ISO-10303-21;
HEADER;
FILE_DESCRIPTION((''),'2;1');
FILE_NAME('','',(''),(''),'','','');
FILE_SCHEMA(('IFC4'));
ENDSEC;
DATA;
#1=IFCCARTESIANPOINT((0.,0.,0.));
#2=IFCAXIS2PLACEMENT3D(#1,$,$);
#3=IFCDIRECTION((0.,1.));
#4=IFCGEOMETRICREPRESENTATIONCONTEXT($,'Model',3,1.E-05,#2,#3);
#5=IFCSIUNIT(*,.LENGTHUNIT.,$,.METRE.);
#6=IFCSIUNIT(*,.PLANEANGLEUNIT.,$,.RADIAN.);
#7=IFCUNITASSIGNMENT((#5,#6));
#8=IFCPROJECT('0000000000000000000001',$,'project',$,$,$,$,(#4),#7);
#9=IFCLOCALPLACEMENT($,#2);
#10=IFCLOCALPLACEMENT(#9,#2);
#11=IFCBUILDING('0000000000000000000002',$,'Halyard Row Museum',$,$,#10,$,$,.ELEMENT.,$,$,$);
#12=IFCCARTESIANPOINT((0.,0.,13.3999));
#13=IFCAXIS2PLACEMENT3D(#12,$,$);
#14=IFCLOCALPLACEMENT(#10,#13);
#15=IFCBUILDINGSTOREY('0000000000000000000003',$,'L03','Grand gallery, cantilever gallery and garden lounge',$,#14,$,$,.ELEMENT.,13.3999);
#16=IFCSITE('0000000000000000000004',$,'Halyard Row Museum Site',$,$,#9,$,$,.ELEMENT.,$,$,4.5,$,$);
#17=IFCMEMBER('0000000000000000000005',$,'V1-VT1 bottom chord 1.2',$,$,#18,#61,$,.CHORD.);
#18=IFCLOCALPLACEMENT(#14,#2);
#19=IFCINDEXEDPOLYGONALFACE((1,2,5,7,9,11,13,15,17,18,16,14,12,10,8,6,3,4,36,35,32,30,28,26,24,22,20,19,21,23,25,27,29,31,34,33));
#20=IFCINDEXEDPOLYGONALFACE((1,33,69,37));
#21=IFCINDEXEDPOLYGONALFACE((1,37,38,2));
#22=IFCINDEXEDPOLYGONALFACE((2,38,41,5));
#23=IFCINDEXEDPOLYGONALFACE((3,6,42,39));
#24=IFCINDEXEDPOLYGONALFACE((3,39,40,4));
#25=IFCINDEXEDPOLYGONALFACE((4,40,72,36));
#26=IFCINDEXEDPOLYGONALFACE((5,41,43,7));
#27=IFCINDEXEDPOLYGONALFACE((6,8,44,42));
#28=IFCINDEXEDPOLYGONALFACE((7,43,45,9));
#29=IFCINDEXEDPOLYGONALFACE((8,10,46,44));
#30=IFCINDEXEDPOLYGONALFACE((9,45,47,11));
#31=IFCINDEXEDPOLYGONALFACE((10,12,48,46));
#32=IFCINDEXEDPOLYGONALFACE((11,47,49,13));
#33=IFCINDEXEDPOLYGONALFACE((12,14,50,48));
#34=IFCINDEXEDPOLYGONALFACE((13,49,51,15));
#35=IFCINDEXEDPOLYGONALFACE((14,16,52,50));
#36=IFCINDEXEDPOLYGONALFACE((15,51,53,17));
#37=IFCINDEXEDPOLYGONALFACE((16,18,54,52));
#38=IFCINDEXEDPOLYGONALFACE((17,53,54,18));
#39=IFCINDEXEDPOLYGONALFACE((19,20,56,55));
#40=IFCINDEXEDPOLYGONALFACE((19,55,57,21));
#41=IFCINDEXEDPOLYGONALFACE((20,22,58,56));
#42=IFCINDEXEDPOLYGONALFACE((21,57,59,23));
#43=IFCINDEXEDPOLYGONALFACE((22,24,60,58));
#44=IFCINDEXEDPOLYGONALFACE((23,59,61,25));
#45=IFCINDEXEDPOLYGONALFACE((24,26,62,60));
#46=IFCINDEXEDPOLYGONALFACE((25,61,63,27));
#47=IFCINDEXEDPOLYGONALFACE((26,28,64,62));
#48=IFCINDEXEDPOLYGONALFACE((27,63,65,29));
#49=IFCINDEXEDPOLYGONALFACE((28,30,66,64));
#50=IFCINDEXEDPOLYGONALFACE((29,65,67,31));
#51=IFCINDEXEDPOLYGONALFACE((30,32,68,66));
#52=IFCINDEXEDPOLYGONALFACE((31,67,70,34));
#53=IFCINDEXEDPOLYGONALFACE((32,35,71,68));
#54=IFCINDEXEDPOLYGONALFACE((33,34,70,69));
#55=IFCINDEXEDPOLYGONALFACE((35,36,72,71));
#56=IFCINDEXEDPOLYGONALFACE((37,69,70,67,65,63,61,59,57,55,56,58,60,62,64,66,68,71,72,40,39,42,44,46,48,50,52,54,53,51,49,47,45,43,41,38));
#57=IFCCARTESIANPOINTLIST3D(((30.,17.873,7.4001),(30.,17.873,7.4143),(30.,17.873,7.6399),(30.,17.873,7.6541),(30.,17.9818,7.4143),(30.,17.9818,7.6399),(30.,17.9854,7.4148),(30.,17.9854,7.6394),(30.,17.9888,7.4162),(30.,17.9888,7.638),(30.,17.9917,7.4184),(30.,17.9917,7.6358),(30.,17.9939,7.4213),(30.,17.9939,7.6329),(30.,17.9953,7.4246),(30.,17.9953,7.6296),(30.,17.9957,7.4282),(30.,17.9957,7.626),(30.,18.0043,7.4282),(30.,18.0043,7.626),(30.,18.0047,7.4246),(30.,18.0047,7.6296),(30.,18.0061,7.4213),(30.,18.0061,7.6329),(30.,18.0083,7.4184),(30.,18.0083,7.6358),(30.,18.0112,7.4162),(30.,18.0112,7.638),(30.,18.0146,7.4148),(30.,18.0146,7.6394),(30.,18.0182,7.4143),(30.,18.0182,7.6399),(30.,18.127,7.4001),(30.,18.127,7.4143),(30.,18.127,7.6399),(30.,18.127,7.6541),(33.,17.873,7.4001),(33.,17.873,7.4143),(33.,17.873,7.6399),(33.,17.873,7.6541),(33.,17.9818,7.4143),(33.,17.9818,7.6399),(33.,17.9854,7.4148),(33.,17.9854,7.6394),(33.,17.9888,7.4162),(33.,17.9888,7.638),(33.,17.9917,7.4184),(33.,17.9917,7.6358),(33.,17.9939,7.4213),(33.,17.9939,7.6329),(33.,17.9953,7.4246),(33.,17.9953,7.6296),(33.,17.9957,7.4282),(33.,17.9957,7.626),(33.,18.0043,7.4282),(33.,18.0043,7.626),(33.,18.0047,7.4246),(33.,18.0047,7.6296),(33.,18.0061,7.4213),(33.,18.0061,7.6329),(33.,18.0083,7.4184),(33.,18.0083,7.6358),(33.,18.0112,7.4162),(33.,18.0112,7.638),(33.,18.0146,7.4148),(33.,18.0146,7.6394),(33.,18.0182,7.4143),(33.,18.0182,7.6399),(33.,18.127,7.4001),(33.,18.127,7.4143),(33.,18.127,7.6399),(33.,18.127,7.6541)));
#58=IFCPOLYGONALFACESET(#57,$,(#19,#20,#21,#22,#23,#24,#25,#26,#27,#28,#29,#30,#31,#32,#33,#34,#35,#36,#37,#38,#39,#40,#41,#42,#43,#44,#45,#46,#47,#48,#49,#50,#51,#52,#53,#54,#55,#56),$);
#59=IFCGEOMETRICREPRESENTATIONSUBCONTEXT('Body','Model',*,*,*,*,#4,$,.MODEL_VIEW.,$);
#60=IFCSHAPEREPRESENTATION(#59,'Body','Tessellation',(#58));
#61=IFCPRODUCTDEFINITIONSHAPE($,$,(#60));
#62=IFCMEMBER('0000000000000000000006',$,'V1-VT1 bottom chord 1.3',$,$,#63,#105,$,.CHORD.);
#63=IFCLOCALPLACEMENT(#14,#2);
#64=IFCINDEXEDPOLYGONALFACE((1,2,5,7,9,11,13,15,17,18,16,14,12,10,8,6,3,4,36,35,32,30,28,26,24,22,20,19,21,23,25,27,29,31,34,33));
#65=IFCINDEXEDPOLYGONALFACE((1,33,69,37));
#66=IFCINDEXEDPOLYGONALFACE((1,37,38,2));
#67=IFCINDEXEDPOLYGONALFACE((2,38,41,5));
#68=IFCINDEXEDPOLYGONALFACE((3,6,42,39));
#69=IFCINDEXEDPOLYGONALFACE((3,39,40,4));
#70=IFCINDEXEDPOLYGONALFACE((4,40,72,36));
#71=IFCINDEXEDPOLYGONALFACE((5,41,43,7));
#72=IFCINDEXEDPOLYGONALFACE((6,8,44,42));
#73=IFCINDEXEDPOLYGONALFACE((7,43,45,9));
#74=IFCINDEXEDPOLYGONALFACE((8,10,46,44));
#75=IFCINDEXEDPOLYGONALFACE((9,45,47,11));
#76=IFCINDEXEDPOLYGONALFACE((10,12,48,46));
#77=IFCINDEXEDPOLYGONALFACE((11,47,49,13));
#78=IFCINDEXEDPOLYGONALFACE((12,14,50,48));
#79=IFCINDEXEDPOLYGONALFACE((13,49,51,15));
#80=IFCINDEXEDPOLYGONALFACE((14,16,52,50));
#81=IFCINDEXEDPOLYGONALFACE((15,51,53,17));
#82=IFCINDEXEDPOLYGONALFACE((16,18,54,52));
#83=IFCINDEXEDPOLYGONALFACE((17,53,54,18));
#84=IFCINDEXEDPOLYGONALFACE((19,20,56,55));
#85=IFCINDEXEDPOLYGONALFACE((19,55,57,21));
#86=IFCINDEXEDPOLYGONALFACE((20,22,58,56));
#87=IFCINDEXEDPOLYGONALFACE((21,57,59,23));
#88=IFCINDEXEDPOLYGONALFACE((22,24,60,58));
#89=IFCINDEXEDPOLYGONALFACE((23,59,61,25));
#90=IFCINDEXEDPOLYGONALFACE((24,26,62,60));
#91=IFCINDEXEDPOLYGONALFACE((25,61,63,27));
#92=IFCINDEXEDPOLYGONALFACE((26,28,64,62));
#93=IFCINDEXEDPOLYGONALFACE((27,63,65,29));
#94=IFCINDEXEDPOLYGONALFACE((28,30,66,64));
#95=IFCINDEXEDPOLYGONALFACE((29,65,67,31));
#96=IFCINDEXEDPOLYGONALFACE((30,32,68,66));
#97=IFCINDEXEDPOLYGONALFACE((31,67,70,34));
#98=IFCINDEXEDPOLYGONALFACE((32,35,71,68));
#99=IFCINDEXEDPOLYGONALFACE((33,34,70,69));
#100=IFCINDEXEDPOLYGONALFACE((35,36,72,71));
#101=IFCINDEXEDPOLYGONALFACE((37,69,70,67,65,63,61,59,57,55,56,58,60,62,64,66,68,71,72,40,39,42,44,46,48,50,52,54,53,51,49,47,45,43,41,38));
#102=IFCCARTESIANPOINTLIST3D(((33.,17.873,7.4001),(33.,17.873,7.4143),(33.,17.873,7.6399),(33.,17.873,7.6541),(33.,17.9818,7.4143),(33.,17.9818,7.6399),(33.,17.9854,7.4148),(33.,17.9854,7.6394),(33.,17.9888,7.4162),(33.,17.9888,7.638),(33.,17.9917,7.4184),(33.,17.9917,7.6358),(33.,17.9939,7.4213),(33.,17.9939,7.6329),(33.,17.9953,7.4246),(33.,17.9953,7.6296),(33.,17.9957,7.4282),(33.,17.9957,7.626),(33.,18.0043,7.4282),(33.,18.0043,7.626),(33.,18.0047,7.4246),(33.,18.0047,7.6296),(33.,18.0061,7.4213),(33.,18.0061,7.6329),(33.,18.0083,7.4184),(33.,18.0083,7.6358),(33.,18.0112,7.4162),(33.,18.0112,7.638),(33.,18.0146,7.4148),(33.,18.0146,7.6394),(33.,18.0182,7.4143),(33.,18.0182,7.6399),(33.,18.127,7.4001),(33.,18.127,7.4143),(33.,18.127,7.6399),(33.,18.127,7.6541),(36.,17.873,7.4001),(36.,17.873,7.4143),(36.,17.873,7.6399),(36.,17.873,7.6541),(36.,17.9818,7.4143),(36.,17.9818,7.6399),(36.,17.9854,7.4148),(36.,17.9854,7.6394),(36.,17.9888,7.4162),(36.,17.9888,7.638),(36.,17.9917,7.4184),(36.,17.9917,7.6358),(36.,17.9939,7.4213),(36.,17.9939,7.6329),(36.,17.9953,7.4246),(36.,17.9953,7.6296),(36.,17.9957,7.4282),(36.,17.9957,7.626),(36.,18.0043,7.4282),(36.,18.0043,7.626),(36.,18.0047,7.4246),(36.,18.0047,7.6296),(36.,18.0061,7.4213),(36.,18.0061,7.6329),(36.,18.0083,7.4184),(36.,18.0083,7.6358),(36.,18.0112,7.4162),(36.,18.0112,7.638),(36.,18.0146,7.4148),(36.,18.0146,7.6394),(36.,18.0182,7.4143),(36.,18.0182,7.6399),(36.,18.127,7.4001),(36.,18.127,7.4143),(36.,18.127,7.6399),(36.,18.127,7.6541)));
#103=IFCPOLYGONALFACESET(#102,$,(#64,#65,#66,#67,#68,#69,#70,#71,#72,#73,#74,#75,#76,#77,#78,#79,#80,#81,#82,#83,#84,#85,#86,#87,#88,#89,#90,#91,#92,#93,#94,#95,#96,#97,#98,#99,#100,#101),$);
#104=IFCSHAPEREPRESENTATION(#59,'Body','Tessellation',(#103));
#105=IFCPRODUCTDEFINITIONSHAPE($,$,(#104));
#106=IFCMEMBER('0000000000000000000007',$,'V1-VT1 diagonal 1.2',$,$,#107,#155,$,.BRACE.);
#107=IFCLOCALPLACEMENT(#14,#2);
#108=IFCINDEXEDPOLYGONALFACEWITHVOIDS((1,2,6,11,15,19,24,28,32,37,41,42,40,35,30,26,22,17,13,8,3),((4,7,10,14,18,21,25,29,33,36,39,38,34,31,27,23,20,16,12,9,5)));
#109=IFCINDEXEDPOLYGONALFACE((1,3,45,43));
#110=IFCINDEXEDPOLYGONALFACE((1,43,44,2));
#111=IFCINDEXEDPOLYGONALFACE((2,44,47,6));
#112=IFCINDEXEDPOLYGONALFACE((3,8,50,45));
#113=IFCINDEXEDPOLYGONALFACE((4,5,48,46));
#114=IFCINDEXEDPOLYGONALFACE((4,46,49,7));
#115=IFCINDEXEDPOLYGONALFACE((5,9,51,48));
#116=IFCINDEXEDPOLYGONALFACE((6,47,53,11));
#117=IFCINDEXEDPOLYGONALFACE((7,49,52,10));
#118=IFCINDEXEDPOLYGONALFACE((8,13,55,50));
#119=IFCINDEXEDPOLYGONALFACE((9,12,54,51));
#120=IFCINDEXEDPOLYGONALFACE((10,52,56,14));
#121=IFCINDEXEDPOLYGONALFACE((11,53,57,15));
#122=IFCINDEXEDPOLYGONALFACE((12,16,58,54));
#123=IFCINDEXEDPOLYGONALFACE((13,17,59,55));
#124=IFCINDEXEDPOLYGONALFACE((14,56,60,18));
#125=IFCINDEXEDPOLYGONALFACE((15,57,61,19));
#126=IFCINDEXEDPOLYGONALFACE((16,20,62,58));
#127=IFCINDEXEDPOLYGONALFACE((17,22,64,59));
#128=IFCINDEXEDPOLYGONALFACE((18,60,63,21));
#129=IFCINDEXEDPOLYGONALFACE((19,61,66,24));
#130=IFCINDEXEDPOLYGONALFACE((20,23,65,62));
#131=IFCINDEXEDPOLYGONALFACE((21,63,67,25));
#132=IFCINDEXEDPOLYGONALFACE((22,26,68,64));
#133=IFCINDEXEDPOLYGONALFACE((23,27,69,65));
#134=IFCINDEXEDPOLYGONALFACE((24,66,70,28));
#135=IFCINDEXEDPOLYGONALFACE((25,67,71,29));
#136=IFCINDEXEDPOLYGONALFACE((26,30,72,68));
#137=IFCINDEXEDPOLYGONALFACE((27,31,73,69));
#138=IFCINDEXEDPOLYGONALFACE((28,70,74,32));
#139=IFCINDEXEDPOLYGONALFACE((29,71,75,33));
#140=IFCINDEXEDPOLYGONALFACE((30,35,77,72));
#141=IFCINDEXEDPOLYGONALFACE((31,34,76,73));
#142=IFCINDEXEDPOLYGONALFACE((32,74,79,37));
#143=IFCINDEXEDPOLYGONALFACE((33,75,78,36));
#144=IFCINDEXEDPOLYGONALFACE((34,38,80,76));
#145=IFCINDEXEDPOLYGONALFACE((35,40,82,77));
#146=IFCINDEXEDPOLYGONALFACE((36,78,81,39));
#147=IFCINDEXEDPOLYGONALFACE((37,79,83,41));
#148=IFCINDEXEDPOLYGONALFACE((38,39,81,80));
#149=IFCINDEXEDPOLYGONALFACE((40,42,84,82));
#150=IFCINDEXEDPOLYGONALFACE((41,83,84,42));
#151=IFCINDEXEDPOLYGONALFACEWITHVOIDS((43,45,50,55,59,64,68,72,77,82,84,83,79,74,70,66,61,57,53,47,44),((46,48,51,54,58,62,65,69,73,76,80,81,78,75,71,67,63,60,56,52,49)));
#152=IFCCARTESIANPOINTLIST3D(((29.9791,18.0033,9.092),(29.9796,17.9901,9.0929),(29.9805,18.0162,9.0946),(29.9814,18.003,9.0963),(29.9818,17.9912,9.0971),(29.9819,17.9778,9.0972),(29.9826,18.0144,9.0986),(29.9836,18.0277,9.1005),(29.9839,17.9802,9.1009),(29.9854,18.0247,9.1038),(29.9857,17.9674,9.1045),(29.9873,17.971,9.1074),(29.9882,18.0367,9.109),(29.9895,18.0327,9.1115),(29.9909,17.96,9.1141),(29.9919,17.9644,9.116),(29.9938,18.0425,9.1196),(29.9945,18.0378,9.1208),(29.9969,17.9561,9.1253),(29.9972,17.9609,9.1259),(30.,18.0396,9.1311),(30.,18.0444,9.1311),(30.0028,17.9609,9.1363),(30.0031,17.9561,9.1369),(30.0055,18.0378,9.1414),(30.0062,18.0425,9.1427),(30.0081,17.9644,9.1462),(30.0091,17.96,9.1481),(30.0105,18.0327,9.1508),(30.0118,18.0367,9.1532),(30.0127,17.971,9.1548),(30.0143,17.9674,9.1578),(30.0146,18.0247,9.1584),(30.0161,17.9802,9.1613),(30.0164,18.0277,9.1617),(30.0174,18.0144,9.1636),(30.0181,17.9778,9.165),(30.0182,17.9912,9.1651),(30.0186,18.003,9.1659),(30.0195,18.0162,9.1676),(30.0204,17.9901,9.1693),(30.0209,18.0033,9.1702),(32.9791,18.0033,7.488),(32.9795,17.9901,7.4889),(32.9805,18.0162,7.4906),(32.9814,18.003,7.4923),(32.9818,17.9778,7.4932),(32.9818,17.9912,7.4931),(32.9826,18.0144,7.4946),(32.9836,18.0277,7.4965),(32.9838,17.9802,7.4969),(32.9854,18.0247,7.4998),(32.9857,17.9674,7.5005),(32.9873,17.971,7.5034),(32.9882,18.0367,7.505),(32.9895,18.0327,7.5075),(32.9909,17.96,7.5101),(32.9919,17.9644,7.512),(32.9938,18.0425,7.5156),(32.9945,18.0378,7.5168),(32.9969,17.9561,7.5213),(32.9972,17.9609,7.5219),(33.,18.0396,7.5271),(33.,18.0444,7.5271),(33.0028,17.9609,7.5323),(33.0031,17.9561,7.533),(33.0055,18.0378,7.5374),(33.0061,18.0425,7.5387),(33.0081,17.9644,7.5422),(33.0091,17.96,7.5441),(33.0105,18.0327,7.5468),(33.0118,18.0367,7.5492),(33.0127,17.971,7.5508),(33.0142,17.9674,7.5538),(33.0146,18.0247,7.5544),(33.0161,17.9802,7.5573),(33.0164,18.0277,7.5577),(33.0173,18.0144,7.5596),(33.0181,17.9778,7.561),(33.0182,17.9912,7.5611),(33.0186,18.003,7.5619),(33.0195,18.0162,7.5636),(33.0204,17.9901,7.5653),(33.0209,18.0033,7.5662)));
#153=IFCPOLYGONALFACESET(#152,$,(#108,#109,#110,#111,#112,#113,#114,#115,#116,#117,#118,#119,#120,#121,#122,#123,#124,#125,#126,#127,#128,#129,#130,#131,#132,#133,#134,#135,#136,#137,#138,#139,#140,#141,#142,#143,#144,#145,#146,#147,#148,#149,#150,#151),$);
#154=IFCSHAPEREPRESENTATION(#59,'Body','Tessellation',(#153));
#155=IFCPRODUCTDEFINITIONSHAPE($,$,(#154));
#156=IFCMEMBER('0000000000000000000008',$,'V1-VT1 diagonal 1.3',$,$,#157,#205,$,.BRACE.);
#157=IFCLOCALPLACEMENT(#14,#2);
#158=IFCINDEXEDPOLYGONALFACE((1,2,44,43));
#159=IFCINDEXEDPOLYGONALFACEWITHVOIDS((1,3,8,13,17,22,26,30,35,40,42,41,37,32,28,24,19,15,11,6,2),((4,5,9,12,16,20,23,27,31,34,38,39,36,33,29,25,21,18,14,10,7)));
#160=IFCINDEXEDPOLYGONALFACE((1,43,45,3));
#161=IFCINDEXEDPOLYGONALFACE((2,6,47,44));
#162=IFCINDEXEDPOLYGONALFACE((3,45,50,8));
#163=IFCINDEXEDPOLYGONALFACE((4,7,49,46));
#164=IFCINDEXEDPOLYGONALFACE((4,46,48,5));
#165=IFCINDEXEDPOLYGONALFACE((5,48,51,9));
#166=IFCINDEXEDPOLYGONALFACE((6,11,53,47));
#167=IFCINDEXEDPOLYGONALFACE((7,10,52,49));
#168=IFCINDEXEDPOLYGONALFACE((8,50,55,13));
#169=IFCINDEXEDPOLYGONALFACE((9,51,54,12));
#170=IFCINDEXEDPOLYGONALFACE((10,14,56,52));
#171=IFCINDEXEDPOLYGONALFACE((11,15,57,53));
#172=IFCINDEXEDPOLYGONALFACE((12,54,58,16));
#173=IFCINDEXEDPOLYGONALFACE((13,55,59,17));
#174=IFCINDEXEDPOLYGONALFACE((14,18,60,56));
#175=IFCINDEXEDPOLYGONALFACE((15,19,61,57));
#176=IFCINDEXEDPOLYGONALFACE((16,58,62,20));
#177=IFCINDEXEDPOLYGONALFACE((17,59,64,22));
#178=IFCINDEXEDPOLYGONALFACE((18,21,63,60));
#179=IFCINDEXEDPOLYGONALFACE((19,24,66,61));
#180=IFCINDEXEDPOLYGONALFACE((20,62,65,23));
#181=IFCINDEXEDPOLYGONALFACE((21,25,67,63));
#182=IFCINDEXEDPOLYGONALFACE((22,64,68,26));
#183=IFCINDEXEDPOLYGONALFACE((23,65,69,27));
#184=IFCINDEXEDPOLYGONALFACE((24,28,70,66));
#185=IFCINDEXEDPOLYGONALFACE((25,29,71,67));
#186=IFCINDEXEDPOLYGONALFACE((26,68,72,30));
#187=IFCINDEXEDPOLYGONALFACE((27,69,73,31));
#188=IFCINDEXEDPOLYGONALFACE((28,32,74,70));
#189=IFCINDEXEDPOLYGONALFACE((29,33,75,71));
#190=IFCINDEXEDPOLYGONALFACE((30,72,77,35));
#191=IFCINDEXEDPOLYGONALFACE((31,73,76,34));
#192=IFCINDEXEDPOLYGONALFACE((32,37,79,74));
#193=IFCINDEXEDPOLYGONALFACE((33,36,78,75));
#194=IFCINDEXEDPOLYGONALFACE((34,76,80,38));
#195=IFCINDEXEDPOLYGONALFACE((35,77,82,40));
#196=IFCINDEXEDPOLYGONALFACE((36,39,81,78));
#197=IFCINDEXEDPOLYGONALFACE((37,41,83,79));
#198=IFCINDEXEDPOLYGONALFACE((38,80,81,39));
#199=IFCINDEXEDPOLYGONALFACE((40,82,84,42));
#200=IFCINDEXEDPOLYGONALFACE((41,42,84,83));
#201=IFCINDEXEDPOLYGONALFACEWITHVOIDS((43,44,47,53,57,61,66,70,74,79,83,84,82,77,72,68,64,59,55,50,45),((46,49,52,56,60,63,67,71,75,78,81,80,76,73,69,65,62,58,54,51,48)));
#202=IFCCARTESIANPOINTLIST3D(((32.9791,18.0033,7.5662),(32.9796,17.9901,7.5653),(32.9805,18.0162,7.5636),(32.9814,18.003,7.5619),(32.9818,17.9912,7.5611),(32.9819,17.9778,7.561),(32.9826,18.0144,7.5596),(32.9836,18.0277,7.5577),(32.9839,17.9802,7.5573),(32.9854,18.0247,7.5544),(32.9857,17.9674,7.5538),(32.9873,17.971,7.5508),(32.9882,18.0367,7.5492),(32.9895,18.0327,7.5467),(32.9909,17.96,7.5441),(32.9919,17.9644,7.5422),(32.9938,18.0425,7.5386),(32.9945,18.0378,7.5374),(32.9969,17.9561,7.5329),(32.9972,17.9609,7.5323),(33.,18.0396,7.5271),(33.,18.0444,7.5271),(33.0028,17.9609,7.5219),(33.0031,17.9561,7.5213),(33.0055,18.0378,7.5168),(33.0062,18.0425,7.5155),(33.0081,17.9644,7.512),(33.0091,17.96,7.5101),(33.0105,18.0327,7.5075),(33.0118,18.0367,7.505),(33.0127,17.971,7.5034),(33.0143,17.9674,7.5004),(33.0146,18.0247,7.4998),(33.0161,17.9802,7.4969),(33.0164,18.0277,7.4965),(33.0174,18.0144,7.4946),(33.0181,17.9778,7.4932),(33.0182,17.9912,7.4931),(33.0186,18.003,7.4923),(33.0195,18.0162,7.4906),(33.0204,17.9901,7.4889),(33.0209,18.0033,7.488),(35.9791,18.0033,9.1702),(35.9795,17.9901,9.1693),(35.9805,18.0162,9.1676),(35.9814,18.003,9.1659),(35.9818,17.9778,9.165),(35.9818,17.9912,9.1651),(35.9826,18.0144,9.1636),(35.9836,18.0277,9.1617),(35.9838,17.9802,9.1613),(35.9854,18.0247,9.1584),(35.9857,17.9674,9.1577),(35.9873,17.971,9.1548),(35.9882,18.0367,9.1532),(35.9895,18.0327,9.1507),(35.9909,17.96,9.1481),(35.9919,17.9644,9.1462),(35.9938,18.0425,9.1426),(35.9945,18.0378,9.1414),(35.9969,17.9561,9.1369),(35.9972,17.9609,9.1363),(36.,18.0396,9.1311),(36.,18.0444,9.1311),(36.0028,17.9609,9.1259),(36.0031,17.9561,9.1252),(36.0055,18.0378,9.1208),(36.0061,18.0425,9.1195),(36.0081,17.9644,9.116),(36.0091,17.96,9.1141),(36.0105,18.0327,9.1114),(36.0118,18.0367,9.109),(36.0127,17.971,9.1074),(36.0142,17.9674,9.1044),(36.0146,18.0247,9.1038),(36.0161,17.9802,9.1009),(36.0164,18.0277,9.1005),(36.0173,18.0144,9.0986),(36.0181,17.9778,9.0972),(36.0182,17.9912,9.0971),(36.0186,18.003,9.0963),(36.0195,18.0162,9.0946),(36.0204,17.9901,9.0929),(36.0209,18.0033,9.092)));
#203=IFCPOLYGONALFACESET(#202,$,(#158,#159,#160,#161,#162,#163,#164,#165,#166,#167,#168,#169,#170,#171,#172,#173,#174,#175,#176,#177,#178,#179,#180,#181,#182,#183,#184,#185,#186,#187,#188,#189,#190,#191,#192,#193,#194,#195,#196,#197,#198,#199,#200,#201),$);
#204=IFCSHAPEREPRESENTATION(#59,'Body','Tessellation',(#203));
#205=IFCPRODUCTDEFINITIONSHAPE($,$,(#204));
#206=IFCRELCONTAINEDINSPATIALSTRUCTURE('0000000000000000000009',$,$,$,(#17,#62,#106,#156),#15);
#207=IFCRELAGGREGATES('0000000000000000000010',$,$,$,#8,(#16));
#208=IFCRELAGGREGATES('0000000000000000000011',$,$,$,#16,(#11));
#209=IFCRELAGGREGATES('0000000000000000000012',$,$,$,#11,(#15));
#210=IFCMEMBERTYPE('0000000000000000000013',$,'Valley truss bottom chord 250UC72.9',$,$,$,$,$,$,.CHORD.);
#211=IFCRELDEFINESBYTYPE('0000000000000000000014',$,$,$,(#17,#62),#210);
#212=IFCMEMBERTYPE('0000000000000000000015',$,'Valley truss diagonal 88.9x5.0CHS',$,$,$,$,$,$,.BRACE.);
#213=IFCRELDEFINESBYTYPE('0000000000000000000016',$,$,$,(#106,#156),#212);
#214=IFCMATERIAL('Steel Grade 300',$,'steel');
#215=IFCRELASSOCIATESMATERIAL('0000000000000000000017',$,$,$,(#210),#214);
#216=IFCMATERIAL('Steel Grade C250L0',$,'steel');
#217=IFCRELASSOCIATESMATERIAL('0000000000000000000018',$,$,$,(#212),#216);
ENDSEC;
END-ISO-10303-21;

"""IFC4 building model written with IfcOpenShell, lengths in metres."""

from ifc_helpers import new_model, si_unit, direction, frame, origin, origin_2d, place, context, subcontext, project, spatial, hollow_circle, i_section, extrude, material, material_profile, profile_set, type_object, element, save


model = new_model("IFC4")

# Units and contexts
model_context = context("Model", 3, precision=1e-05, world=origin(), true_north=direction((0.0, 1.0)))
body_context = subcontext(model_context, "Body", "Model", "MODEL_VIEW")
ifc_project = project(units=[si_unit("LENGTHUNIT", "METRE"), si_unit("PLANEANGLEUNIT", "RADIAN")], contexts=[model_context])

# Site, building, storey
site_placement = place(None, origin())
site = spatial("IfcSite", under=ifc_project, at=site_placement, Name="Halyard Row Museum Site", CompositionType="ELEMENT", RefElevation=4.5)
building_placement = place(site_placement, origin())
building = spatial("IfcBuilding", under=site, at=building_placement, Name="Halyard Row Museum", CompositionType="ELEMENT")
storey_placement = place(building_placement, frame((0.0, 0.0, 13.3999)))
storey = spatial("IfcBuildingStorey", under=building, at=storey_placement, Name="L03", Description="Grand gallery, cantilever gallery and garden lounge", CompositionType="ELEMENT", Elevation=13.3999)

# Members
ifc_material_1 = material(Name="Steel Grade 300", Category="steel")
ifc_material_profile_1 = material_profile(ifc_material_1, i_section(OverallWidth=0.2539, OverallDepth=0.2539, WebThickness=0.0085, FlangeThickness=0.0142, FilletRadius=0.0139, at=origin_2d()), Name="250UC72.9")
ifc_profile_set_1 = profile_set([ifc_material_profile_1], Name="Steel Grade 300")
member_type_1 = type_object("IfcMemberType", Name="Valley truss bottom chord 250UC72.9", PredefinedType="CHORD", material=ifc_profile_set_1)
for number, where, z_axis, x_axis, name in (
    (1, (30.0, 18.0, 7.5271), (1.0, 0.0, 0.0), (0.0, 1.0, 0.0), "V1-VT1 bottom chord 1.2"),
    (2, (33.0, 18.0, 7.5271), (1.0, 0.0, 0.0), (0.0, 1.0, 0.0), "V1-VT1 bottom chord 1.3"),
):
    element("IfcMember", number, at=place(storey_placement, frame(where, z_axis=z_axis, x_axis=x_axis)), inside=storey, type_object=member_type_1, Name=name, PredefinedType="CHORD", context=body_context, shape_type="SweptSolid", body=[
        extrude(i_section(OverallWidth=0.2539, OverallDepth=0.2539, WebThickness=0.0085, FlangeThickness=0.0142, FilletRadius=0.0139, at=origin_2d()), origin(), (0.0, 0.0, 1.0), 3.0),
    ])
ifc_material_2 = material(Name="Steel Grade C250L0", Category="steel")
ifc_material_profile_2 = material_profile(ifc_material_2, hollow_circle(Radius=0.0444, WallThickness=0.0049, at=origin_2d()), Name="88.9x5.0CHS")
ifc_profile_set_2 = profile_set([ifc_material_profile_2], Name="Steel Grade C250L0")
member_type_2 = type_object("IfcMemberType", Name="Valley truss diagonal 88.9x5.0CHS", PredefinedType="BRACE", material=ifc_profile_set_2)
for number, where, z_axis, x_axis, name in (
    (3, (30.0, 18.0, 9.1311), (0.881864, 0.0, -0.471504), (0.0, 1.0, 0.0), "V1-VT1 diagonal 1.2"),
    (4, (33.0, 18.0, 7.5271), (0.881864, 0.0, 0.471504), (0.0, 1.0, 0.0), "V1-VT1 diagonal 1.3"),
):
    element("IfcMember", number, at=place(storey_placement, frame(where, z_axis=z_axis, x_axis=x_axis)), inside=storey, type_object=member_type_2, Name=name, PredefinedType="BRACE", context=body_context, shape_type="SweptSolid", body=[
        extrude(hollow_circle(Radius=0.0444, WallThickness=0.0049, at=origin_2d()), origin(), (0.0, 0.0, 1.0), 3.4019),
    ])

save(model, "model.ifc")
